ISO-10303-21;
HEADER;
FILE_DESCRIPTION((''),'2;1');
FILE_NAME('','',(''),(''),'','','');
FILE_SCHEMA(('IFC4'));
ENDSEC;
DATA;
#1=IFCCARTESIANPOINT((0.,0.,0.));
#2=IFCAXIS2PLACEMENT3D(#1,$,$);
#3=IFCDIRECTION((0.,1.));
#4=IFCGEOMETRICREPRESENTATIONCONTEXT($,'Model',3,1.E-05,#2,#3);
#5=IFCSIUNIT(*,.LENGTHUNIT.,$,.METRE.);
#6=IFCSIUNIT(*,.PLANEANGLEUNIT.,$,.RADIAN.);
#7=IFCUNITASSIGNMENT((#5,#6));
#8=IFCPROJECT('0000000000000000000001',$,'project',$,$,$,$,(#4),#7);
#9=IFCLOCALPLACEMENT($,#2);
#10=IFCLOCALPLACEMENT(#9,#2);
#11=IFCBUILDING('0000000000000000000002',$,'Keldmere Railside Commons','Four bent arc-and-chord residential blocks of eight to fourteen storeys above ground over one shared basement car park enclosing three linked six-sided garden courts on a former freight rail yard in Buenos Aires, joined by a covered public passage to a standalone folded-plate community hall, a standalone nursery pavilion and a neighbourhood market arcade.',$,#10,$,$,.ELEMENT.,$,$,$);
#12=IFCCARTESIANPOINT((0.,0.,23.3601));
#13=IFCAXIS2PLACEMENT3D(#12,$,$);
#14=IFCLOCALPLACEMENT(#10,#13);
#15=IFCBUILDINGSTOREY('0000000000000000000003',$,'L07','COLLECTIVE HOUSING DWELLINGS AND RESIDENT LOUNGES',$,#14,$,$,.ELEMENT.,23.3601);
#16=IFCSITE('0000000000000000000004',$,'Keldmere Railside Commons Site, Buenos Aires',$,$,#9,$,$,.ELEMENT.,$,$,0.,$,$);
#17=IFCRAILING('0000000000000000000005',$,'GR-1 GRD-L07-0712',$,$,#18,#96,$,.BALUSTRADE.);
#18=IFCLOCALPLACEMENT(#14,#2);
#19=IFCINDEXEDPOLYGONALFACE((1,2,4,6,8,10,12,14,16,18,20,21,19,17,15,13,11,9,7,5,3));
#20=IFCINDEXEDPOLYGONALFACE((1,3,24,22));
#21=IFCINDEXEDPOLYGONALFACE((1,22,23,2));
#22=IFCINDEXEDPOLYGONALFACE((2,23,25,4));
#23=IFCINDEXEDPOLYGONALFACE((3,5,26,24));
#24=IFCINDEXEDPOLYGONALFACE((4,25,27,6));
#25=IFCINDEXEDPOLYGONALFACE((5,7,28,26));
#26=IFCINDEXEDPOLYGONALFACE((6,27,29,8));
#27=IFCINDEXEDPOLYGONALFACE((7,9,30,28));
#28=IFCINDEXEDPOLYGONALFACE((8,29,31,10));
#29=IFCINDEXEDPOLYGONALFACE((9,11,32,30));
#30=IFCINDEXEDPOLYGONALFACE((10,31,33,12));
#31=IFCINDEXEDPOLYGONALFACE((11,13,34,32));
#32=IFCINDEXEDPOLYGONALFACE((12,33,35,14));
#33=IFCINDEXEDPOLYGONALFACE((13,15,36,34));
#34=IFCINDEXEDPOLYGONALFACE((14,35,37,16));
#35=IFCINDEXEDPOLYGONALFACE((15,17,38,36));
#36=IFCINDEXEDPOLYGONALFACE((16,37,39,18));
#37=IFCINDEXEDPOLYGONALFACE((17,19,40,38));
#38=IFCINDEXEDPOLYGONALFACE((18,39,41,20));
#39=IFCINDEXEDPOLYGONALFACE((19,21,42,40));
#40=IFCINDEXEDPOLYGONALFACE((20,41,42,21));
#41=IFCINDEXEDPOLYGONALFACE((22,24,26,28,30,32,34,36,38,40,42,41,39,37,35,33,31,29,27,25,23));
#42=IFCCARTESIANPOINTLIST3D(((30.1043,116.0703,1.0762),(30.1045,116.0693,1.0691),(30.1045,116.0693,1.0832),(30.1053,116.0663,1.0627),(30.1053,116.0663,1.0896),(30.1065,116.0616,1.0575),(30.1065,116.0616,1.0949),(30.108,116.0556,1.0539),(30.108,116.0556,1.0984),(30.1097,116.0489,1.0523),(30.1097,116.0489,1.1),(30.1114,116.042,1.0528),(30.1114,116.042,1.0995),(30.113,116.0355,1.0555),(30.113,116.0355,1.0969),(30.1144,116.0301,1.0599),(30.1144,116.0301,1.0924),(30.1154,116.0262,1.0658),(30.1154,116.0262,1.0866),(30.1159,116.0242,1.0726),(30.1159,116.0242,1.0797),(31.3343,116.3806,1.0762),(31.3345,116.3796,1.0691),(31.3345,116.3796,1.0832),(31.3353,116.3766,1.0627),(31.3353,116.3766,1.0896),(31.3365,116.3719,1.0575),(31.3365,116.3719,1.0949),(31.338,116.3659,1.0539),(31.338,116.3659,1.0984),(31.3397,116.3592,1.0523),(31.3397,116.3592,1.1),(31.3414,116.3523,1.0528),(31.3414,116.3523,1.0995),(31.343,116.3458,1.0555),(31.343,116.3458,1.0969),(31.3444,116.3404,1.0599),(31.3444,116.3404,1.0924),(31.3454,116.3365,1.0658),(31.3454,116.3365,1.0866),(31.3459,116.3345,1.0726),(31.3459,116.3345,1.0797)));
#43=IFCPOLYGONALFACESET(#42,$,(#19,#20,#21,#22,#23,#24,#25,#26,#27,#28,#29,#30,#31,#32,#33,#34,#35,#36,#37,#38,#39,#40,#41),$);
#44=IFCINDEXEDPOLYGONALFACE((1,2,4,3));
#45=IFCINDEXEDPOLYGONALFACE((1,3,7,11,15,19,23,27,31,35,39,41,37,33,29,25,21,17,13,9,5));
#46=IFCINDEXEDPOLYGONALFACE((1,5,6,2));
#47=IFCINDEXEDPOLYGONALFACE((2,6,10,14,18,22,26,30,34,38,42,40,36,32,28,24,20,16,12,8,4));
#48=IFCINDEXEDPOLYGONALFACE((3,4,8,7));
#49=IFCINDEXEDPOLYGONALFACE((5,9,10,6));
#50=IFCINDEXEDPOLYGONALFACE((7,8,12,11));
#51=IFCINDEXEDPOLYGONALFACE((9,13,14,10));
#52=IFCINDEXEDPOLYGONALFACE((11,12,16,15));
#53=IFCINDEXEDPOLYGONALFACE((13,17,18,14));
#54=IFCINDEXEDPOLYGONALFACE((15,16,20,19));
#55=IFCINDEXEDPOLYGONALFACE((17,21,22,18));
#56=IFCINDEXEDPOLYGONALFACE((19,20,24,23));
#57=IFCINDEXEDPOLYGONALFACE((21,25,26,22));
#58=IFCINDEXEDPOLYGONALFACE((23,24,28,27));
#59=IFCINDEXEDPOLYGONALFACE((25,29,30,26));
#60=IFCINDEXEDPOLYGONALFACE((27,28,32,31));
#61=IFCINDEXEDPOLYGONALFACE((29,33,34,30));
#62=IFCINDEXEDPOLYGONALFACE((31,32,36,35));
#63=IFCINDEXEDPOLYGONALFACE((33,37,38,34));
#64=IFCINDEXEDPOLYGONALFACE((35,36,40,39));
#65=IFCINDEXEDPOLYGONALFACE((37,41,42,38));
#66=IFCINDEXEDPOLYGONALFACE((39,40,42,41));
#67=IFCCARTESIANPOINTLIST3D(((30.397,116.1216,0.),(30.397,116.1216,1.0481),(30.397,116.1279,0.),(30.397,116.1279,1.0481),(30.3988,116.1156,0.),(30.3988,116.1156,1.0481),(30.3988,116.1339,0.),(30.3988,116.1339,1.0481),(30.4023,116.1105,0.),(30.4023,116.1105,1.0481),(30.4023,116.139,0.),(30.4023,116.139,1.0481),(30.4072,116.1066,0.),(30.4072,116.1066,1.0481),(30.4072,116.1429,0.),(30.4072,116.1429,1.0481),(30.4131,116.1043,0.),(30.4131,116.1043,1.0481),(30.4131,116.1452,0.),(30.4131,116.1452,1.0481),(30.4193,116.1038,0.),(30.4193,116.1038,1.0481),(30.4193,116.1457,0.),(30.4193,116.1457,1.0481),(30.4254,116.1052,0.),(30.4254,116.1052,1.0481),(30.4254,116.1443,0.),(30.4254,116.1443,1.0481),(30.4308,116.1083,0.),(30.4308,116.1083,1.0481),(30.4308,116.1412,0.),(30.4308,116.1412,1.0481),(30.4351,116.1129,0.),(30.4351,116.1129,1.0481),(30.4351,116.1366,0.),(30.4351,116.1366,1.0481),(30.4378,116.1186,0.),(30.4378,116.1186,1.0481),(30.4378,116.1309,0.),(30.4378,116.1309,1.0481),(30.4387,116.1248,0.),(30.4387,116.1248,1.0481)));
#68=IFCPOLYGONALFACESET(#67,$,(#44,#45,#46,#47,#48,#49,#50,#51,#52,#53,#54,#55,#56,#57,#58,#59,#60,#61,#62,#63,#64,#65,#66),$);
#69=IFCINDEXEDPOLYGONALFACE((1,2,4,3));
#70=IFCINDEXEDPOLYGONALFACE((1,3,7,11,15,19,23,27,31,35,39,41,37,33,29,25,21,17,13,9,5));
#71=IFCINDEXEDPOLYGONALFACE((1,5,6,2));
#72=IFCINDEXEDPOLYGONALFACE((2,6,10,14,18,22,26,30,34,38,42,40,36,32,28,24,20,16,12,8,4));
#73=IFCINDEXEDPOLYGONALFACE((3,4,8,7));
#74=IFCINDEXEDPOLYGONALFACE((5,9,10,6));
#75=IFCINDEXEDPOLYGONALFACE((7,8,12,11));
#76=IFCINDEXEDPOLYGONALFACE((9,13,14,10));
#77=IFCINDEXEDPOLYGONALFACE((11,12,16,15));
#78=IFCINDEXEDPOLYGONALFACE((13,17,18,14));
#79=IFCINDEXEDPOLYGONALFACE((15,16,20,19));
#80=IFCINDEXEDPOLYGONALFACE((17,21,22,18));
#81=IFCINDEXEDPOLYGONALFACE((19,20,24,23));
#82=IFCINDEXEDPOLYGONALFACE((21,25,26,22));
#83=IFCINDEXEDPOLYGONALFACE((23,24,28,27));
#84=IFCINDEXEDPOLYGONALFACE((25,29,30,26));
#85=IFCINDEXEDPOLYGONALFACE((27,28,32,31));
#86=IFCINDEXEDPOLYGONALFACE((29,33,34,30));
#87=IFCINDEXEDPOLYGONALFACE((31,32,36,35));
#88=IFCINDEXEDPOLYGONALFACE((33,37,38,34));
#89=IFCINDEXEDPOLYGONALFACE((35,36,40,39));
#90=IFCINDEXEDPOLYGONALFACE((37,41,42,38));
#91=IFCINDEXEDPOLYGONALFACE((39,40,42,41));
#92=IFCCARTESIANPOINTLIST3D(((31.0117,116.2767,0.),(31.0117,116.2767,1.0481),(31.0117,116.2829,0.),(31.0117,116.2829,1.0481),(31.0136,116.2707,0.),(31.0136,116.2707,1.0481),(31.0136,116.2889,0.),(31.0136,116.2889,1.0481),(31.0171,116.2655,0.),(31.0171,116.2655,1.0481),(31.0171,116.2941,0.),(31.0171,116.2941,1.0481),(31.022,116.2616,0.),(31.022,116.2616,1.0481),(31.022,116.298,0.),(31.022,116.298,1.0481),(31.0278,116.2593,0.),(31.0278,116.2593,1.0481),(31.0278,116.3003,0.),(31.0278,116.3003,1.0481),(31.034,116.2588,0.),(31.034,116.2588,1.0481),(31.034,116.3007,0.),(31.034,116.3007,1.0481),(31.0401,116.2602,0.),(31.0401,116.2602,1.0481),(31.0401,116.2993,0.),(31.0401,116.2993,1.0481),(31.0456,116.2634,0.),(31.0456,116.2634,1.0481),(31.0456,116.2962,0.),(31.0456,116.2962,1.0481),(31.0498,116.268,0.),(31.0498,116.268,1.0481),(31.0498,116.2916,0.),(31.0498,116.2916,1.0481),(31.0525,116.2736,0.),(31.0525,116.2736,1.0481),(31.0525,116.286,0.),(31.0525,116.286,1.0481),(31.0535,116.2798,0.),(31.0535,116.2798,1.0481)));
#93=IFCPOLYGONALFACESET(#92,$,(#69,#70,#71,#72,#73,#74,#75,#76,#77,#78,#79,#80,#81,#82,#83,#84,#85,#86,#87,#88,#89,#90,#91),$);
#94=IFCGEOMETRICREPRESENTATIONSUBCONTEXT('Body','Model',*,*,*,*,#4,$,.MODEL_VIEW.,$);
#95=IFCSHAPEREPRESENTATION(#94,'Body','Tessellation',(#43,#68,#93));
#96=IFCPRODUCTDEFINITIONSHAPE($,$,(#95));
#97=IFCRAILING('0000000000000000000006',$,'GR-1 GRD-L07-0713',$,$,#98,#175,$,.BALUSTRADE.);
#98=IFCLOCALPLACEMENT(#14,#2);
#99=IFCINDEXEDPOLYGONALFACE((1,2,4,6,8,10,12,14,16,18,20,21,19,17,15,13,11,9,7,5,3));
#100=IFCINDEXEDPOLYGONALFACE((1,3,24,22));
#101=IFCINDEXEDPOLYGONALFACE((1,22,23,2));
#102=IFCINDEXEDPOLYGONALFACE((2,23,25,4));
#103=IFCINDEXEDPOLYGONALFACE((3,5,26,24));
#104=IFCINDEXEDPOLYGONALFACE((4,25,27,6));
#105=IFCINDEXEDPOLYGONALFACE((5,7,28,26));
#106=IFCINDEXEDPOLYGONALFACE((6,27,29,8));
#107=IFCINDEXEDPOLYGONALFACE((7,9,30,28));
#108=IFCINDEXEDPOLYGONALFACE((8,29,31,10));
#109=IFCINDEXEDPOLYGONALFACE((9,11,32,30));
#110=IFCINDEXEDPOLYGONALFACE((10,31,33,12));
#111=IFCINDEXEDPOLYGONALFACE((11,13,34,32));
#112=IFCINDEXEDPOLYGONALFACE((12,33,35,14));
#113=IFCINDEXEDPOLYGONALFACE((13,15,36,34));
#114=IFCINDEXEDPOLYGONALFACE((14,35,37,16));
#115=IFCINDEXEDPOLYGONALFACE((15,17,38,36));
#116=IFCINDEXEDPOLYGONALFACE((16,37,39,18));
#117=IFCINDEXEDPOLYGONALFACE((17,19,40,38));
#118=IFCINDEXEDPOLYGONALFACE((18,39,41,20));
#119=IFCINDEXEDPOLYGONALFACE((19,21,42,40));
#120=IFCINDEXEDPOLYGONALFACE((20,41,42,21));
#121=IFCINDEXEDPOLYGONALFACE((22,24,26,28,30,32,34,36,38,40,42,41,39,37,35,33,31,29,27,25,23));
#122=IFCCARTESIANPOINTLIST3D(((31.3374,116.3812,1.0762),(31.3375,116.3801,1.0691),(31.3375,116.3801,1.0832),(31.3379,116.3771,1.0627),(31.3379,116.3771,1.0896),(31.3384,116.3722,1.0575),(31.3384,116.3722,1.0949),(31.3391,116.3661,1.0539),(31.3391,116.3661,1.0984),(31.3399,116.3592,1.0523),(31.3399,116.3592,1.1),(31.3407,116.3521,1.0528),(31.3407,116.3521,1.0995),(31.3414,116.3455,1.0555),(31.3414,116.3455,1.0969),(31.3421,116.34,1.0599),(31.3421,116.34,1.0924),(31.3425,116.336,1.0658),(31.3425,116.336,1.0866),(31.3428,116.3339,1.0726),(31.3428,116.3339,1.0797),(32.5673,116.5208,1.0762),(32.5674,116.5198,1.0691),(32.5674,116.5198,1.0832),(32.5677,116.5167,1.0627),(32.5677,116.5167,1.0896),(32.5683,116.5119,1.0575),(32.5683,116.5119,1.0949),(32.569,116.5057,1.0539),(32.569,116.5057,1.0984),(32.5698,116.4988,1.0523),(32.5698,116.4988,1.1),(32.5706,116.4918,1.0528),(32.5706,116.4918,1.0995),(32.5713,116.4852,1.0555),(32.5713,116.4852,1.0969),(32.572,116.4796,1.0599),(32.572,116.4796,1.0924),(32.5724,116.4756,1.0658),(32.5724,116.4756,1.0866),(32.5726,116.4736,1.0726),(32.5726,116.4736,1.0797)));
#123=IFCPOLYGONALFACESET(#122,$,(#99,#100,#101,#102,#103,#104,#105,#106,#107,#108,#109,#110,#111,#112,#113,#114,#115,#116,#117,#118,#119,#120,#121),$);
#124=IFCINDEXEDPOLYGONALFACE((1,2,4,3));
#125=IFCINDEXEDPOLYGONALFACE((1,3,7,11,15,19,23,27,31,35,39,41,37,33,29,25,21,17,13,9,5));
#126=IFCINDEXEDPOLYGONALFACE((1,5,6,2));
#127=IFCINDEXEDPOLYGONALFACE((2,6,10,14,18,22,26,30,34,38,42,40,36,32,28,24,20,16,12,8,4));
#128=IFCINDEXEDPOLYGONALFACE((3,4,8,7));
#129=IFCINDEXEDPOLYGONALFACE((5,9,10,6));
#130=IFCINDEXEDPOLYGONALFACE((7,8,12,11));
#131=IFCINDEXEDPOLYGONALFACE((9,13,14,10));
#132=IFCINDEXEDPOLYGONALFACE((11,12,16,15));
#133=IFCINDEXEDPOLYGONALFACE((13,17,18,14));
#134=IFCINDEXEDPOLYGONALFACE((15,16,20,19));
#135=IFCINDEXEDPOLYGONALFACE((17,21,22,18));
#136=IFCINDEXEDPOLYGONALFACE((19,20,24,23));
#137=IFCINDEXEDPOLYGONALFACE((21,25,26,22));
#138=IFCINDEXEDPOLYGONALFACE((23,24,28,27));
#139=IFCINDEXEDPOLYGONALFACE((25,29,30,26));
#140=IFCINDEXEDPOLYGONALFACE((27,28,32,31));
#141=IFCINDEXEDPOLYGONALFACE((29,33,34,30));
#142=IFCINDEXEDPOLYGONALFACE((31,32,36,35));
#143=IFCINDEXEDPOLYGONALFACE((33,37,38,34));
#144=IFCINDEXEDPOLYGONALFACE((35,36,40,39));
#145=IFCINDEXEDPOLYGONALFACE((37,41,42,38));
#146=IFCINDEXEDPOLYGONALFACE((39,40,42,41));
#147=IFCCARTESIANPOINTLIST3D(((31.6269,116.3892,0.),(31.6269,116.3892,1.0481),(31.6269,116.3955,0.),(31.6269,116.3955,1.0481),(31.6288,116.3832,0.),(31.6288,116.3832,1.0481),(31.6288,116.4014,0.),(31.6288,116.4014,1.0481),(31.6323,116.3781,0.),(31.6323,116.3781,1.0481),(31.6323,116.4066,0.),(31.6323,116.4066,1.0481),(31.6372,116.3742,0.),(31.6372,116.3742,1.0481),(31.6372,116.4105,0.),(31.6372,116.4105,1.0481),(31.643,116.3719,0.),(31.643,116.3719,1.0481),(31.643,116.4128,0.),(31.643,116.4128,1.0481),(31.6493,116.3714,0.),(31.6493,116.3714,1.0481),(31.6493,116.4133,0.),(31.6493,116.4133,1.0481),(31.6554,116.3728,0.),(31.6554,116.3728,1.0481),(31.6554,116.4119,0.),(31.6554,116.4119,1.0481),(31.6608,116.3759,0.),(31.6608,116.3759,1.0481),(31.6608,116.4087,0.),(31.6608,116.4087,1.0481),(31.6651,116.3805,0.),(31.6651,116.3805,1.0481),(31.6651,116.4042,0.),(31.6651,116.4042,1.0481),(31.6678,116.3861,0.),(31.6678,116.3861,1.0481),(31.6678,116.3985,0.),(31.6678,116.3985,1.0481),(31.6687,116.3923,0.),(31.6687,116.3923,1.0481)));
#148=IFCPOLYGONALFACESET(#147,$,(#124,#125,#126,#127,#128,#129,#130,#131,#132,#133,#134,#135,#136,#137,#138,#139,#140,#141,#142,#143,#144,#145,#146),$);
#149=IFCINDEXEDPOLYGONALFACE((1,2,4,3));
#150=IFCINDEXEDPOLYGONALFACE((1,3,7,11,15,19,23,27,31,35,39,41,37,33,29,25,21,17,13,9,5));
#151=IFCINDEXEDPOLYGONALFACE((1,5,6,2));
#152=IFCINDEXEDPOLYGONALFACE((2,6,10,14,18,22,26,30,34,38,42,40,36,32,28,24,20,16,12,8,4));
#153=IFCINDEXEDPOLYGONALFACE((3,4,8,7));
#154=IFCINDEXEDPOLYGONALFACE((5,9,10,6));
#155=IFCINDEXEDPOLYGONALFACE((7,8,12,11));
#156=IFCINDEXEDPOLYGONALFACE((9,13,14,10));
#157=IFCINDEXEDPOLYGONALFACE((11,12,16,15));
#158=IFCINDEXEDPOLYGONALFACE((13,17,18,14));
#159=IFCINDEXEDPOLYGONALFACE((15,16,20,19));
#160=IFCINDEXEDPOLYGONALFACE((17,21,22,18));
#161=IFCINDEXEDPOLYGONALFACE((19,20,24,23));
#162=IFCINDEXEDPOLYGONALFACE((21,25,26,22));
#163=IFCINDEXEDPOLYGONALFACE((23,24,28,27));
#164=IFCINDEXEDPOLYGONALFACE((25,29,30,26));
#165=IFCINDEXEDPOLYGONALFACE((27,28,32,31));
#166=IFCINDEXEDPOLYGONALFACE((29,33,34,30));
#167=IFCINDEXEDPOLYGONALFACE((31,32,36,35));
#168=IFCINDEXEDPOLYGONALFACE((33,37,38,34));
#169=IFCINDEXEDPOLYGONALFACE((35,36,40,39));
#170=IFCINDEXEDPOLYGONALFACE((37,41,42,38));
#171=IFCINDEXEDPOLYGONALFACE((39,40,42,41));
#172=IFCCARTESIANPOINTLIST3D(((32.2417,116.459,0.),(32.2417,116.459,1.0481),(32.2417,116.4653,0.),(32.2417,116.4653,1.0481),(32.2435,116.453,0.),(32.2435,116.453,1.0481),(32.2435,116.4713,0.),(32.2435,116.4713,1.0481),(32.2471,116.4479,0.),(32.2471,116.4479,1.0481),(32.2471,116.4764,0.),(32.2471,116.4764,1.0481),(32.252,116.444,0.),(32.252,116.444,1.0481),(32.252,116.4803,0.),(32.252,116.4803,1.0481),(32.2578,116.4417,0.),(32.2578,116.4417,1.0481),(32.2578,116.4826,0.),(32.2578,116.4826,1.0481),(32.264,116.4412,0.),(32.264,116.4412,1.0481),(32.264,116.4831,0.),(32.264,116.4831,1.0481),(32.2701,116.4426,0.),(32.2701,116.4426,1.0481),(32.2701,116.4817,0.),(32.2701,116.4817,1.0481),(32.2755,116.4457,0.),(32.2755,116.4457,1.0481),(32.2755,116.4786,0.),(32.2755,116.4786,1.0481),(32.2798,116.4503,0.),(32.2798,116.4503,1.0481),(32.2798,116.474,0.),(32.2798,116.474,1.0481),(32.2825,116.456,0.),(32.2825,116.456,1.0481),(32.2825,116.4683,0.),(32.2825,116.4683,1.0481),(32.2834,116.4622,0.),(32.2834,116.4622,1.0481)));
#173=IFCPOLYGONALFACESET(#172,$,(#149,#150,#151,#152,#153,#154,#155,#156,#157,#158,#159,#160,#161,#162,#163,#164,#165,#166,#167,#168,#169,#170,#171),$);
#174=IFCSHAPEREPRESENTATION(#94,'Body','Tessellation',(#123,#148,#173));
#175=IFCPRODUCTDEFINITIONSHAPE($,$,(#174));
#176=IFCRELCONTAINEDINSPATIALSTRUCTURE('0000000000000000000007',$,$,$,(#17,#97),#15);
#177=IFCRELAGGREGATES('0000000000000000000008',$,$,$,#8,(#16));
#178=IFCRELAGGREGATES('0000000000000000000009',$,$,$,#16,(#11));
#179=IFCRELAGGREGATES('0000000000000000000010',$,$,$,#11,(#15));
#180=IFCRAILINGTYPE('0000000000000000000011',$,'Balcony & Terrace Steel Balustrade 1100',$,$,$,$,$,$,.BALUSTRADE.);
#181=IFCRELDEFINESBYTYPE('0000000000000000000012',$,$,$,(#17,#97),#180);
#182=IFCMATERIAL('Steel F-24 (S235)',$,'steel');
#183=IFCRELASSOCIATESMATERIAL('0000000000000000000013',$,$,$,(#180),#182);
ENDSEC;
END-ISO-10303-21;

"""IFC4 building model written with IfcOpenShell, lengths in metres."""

from ifc_helpers import new_model, si_unit, direction, frame, origin, origin_2d, place, context, subcontext, project, spatial, circle, extrude, material, type_object, element, save


model = new_model("IFC4")

# Units and contexts
model_context = context("Model", 3, precision=1e-05, world=origin(), true_north=direction((0.0, 1.0)))
body_context = subcontext(model_context, "Body", "Model", "MODEL_VIEW")
ifc_project = project(units=[si_unit("LENGTHUNIT", "METRE"), si_unit("PLANEANGLEUNIT", "RADIAN")], contexts=[model_context])

# Site, building, storey
site_placement = place(None, origin())
site = spatial("IfcSite", under=ifc_project, at=site_placement, Name="Keldmere Railside Commons Site, Buenos Aires", CompositionType="ELEMENT", RefElevation=0.0)
building_placement = place(site_placement, origin())
building = spatial("IfcBuilding", under=site, at=building_placement, Name="Keldmere Railside Commons", Description="Four bent arc-and-chord residential blocks of eight to fourteen storeys above ground over one shared basement car park enclosing three linked six-sided garden courts on a former freight rail yard in Buenos Aires, joined by a covered public passage to a standalone folded-plate community hall, a standalone nursery pavilion and a neighbourhood market arcade.", CompositionType="ELEMENT")
storey_placement = place(building_placement, frame((0.0, 0.0, 23.3601)))
storey = spatial("IfcBuildingStorey", under=building, at=storey_placement, Name="L07", Description="COLLECTIVE HOUSING DWELLINGS AND RESIDENT LOUNGES", CompositionType="ELEMENT", Elevation=23.3601)

# Railings
ifc_material_1 = material(Name="Steel F-24 (S235)", Category="steel")
railing_type = type_object("IfcRailingType", Name="Balcony & Terrace Steel Balustrade 1100", PredefinedType="BALUSTRADE", material=ifc_material_1)
railing_1_placement = place(storey_placement, frame((30.1101, 116.0471, 0.0)))
element("IfcRailing", 1, at=railing_1_placement, inside=storey, type_object=railing_type, Name="GR-1 GRD-L07-0712", PredefinedType="BALUSTRADE", context=body_context, shape_type="SweptSolid", body=[
    extrude(circle(Radius=0.0239, at=origin_2d()), frame((0.0, 0.0, 1.0762), z_axis=(0.969619, 0.244618, 0.0), x_axis=(-0.244618, 0.969619, 0.0)), (0.0, 0.0, 1.0), 1.2686),
    extrude(circle(Radius=0.021, at=origin_2d()), frame((0.3076, 0.0776, 0.0)), (0.0, 0.0, 1.0), 1.0481),
    extrude(circle(Radius=0.021, at=origin_2d()), frame((0.9224, 0.2327, 0.0)), (0.0, 0.0, 1.0), 1.0481),
])
railing_2_placement = place(storey_placement, frame((31.3401, 116.3574, 0.0)))
element("IfcRailing", 2, at=railing_2_placement, inside=storey, type_object=railing_type, Name="GR-1 GRD-L07-0713", PredefinedType="BALUSTRADE", context=body_context, shape_type="SweptSolid", body=[
    extrude(circle(Radius=0.0239, at=origin_2d()), frame((0.0, 0.0, 1.0762), z_axis=(0.993616, 0.112812, 0.0), x_axis=(-0.112812, 0.993616, 0.0)), (0.0, 0.0, 1.0), 1.2378),
    extrude(circle(Radius=0.021, at=origin_2d()), frame((0.3076, 0.0349, 0.0)), (0.0, 0.0, 1.0), 1.0481),
    extrude(circle(Radius=0.021, at=origin_2d()), frame((0.9224, 0.1047, 0.0)), (0.0, 0.0, 1.0), 1.0481),
])

save(model, "model.ifc")
